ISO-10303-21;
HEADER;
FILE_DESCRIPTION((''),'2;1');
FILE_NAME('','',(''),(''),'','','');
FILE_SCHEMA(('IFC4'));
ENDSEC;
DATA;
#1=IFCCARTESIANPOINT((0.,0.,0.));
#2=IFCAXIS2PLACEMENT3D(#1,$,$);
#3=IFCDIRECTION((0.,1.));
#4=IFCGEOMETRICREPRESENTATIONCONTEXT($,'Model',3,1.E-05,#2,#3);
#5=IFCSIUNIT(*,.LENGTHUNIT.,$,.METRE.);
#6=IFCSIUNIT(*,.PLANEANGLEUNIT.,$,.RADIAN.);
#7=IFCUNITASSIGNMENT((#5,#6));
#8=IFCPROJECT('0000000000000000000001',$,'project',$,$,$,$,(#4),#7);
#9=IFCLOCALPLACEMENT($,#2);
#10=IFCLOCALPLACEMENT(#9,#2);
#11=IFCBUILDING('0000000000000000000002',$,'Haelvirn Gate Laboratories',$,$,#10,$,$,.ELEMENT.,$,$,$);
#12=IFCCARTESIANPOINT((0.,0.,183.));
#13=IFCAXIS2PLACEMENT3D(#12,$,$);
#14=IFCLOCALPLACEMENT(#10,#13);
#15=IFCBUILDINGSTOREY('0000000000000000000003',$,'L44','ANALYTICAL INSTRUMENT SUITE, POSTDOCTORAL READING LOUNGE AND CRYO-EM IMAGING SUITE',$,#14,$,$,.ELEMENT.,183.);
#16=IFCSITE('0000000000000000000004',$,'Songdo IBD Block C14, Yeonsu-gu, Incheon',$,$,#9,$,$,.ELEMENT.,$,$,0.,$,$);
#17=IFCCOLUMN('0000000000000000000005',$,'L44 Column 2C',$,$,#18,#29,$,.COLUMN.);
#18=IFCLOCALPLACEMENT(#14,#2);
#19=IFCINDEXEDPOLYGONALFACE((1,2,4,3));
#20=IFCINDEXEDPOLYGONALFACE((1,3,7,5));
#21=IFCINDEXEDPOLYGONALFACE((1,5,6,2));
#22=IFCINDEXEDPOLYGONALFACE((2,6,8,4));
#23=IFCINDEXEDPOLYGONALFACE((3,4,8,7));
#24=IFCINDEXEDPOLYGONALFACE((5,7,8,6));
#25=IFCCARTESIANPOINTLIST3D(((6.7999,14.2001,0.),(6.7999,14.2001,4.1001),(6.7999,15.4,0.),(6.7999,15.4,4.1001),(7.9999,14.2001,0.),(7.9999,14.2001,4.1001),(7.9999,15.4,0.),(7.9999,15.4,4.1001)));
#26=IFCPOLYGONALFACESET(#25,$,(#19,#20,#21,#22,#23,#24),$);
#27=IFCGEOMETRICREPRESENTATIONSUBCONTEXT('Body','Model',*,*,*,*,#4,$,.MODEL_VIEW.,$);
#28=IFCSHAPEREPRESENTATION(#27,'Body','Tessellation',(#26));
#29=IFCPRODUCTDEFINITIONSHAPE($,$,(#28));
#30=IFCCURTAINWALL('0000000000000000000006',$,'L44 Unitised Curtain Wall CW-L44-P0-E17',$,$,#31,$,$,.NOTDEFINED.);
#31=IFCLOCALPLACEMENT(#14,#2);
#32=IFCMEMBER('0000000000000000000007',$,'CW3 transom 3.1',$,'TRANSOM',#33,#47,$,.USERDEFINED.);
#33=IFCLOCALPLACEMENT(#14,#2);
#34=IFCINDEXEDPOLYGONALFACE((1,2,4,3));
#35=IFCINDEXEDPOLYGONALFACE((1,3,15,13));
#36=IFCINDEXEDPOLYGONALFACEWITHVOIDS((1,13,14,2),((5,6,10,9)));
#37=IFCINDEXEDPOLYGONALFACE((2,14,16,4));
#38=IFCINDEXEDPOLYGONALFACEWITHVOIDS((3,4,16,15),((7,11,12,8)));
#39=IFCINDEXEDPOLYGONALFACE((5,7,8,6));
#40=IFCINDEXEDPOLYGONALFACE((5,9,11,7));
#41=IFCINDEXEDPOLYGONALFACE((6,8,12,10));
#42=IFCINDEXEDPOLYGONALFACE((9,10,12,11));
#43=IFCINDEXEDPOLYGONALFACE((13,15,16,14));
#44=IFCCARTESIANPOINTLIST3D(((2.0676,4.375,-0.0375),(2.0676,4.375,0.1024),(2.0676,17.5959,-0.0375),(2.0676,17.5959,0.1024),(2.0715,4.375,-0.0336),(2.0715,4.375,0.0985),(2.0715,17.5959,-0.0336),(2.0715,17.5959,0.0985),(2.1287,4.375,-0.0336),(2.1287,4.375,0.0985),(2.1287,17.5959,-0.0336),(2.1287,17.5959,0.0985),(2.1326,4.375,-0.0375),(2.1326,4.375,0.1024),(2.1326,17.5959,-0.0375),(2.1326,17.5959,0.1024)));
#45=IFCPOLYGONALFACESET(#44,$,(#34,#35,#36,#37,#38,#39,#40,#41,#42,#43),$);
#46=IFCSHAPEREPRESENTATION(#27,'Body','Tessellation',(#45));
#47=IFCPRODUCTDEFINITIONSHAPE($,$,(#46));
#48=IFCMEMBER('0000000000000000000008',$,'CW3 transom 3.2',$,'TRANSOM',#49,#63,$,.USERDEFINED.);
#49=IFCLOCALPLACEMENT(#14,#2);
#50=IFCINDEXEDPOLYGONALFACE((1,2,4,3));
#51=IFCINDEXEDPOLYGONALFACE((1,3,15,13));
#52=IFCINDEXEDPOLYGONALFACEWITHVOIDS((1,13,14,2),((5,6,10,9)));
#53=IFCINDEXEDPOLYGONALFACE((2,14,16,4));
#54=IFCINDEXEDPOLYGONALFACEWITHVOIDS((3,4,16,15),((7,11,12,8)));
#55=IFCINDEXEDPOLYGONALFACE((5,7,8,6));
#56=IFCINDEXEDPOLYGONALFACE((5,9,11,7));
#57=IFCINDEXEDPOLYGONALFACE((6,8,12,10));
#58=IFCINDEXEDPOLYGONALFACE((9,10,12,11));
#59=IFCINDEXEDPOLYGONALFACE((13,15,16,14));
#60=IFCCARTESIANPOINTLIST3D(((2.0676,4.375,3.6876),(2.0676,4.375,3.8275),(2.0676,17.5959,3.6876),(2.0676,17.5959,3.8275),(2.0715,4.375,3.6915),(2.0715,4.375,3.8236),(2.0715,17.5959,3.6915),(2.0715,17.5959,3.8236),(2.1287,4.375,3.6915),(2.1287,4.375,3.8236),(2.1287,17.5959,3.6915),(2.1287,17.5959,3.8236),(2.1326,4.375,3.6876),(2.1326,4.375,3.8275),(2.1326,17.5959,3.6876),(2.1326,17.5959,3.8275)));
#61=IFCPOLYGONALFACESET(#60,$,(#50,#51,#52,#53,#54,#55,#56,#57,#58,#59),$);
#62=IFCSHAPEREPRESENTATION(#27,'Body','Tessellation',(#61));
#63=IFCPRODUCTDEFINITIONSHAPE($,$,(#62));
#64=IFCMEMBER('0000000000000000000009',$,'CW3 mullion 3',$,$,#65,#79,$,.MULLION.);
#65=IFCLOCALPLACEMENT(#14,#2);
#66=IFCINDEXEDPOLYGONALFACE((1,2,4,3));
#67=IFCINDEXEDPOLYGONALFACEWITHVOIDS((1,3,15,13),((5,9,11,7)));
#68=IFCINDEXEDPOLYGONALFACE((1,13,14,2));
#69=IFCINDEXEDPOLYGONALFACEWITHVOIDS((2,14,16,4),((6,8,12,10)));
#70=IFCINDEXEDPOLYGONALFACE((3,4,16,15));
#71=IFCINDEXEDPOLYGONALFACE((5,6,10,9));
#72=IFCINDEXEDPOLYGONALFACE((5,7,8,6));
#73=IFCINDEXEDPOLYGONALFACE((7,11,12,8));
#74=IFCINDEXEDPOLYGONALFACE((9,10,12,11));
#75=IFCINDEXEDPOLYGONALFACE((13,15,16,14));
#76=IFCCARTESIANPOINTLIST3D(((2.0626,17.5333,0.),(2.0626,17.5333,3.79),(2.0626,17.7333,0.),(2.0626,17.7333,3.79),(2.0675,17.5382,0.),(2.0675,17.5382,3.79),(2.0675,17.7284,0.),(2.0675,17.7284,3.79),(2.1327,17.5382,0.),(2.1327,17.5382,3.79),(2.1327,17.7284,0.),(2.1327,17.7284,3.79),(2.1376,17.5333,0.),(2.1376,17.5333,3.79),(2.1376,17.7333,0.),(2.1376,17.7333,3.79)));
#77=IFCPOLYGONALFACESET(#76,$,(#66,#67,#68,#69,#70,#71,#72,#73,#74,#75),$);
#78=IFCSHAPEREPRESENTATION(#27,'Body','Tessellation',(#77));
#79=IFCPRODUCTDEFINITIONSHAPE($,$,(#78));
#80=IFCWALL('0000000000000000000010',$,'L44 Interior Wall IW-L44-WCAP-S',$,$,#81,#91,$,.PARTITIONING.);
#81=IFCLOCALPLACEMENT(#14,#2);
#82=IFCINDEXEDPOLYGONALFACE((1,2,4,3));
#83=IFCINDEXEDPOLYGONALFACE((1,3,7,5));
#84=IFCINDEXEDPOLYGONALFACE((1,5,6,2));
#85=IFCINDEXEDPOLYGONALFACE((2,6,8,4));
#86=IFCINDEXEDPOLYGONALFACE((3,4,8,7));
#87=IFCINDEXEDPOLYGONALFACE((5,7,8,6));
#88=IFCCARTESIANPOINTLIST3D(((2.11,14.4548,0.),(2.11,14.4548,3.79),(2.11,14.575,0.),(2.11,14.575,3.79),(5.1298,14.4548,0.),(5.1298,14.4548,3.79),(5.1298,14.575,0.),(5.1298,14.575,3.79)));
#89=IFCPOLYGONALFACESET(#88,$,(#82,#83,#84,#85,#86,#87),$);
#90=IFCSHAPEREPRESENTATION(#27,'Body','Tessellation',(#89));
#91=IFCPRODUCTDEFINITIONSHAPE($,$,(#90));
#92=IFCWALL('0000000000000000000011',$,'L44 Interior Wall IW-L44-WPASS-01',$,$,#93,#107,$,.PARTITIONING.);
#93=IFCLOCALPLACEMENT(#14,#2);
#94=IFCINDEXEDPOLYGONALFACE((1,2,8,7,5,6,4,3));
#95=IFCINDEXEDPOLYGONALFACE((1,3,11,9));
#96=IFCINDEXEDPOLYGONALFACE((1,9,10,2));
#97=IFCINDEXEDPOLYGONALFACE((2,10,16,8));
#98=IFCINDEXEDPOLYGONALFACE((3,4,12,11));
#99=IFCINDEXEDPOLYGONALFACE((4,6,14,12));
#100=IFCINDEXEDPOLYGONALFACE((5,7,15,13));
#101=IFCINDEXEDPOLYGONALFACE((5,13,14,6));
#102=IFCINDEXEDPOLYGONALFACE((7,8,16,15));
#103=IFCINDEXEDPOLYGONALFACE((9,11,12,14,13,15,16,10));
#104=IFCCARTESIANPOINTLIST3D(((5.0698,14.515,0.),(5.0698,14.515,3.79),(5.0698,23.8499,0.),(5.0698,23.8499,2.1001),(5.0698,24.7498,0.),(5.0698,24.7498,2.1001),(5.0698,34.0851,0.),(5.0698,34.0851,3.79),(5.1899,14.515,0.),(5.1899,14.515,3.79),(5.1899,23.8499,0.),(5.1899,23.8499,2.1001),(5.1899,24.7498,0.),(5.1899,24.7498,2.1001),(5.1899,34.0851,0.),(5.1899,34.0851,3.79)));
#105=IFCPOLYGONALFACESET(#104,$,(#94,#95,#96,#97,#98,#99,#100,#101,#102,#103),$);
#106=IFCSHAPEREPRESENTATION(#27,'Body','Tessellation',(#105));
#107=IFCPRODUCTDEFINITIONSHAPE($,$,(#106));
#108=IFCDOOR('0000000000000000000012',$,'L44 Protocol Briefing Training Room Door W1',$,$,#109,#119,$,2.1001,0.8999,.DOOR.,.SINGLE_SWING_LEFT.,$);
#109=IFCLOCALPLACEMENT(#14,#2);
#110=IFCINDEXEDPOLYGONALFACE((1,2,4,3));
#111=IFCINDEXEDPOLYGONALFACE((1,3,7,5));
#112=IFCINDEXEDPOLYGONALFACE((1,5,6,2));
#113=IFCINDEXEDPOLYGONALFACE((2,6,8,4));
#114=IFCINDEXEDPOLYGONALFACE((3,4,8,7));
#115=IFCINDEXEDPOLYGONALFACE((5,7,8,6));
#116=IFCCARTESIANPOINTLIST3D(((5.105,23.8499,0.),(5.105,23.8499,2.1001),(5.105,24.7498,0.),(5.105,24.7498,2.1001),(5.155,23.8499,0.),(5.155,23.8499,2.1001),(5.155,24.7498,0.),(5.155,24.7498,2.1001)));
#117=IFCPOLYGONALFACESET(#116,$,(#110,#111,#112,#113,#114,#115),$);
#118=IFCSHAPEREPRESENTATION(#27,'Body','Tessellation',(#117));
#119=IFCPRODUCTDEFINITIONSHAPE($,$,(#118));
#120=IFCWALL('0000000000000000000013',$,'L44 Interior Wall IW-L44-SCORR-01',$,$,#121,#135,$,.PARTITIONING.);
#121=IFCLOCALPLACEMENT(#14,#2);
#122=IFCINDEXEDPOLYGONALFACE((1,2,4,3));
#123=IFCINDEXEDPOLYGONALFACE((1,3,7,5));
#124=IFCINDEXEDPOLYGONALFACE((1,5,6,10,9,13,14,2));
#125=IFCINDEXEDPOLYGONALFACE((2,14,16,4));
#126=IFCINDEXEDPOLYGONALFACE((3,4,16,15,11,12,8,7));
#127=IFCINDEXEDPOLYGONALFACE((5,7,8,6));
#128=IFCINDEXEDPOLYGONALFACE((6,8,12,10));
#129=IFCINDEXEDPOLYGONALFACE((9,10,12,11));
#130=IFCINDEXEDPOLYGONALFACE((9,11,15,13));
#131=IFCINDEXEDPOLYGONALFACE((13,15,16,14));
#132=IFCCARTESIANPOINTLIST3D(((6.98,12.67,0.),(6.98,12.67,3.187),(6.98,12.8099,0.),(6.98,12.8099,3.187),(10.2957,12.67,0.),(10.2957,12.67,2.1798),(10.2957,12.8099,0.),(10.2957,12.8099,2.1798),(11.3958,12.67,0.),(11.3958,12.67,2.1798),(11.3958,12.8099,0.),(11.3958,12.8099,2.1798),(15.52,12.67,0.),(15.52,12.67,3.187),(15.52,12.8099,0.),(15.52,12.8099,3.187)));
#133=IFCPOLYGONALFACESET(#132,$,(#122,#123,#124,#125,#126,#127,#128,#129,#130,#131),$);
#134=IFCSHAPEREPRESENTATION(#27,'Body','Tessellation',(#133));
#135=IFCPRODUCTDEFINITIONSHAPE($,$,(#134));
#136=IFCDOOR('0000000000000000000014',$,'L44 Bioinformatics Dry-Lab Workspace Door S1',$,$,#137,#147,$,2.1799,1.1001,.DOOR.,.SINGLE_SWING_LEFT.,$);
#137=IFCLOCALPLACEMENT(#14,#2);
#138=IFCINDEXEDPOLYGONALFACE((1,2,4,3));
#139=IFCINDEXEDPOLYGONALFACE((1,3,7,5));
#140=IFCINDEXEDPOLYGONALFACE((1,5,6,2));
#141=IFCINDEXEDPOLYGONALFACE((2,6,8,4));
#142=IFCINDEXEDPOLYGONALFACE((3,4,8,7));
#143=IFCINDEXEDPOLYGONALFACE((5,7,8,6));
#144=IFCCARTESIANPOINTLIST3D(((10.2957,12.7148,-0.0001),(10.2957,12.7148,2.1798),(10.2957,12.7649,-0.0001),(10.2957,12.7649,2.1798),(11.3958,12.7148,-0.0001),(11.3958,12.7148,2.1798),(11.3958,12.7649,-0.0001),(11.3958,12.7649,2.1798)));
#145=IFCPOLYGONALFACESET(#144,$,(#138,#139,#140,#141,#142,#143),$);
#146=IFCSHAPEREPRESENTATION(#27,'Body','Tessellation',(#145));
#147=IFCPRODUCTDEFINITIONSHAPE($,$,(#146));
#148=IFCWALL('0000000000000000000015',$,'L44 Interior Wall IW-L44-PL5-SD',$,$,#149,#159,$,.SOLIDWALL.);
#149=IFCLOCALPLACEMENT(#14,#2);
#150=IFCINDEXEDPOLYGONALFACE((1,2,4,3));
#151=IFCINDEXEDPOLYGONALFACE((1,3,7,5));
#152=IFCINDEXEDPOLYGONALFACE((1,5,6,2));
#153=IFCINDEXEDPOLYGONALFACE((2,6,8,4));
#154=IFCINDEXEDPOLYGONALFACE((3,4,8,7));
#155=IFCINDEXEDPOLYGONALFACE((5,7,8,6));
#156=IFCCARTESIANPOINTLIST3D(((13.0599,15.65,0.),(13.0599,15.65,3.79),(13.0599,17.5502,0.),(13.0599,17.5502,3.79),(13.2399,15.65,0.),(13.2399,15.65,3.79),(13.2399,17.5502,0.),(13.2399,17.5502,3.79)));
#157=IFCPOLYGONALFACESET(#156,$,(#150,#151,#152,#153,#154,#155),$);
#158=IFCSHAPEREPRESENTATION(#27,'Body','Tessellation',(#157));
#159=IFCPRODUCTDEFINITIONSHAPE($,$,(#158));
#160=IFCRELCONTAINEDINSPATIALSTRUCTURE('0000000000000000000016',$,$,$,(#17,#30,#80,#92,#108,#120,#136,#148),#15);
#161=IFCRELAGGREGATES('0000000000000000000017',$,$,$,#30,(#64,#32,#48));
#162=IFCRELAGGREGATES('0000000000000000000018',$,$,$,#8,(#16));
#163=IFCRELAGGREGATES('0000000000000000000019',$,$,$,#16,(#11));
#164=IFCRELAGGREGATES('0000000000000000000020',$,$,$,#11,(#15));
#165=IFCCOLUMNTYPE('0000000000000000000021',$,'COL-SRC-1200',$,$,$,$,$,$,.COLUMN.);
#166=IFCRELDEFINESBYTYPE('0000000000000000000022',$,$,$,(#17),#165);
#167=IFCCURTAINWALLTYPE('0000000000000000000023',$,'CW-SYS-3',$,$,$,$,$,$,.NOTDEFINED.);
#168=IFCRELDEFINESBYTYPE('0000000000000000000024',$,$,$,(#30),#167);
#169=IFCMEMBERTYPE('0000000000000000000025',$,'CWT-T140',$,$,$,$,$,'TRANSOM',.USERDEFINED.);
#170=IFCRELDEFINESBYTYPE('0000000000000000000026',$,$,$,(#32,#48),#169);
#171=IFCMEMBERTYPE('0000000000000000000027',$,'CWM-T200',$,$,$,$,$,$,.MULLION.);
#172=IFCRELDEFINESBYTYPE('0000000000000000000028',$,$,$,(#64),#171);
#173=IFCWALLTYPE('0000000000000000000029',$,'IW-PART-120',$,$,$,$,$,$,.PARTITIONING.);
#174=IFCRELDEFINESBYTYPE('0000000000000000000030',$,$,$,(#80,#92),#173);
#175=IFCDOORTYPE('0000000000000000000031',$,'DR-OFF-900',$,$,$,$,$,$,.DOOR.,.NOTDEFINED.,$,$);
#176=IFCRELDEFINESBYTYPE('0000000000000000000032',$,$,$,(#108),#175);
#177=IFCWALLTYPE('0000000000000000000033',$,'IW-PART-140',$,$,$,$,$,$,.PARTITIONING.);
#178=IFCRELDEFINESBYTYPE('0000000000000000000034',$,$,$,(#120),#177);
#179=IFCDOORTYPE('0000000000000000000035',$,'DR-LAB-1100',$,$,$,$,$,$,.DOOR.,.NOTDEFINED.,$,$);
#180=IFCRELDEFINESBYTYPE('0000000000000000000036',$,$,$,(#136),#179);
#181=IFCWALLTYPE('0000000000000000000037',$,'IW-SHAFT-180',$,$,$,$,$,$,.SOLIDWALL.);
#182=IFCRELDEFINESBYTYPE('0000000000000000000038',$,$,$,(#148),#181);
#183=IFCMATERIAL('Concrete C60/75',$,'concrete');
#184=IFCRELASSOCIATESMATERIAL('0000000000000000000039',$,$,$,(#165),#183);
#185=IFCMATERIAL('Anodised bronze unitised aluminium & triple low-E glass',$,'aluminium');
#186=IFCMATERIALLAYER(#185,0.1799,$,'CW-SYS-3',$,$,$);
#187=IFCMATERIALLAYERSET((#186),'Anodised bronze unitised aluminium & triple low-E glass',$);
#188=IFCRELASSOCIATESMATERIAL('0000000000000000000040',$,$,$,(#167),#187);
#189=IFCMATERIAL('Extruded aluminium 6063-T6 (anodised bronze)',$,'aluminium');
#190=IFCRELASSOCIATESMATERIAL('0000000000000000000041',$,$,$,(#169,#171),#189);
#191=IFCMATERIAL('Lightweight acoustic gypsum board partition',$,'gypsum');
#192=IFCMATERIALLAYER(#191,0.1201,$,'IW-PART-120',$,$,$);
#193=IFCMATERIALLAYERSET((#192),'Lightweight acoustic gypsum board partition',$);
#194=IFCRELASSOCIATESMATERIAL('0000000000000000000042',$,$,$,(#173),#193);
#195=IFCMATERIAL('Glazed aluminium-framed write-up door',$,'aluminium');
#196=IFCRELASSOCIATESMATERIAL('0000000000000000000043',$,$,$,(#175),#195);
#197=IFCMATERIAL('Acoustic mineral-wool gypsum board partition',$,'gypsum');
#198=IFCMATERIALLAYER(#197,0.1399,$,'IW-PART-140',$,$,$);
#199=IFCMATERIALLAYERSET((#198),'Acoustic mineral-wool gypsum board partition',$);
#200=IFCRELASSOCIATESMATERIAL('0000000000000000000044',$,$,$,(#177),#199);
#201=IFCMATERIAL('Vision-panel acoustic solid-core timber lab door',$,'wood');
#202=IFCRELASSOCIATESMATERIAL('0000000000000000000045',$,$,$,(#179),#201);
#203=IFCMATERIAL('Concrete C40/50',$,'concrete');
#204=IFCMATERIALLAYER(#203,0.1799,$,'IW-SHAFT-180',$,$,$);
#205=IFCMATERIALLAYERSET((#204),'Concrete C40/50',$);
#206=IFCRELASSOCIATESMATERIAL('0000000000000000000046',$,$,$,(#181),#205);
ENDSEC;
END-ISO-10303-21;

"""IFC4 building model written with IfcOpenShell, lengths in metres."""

from ifc_helpers import new_model, si_unit, direction, frame, frame_2d, origin, origin_2d, place, context, subcontext, project, spatial, rectangle, hollow_rectangle, extrude, source, transform, mapped, material, layer, layer_set, material_profile, profile_set, type_object, type_shapes, element, fill, aggregate, save


model = new_model("IFC4")

# Units and contexts
model_context = context("Model", 3, precision=1e-05, world=origin(), true_north=direction((0.0, 1.0)))
body_context = subcontext(model_context, "Body", "Model", "MODEL_VIEW")
ifc_project = project(units=[si_unit("LENGTHUNIT", "METRE"), si_unit("PLANEANGLEUNIT", "RADIAN")], contexts=[model_context])

# Site, building, storey
site_placement = place(None, origin())
site = spatial("IfcSite", under=ifc_project, at=site_placement, Name="Songdo IBD Block C14, Yeonsu-gu, Incheon", CompositionType="ELEMENT", RefElevation=0.0)
building_placement = place(site_placement, origin())
building = spatial("IfcBuilding", under=site, at=building_placement, Name="Haelvirn Gate Laboratories", CompositionType="ELEMENT")
storey_placement = place(building_placement, frame((0.0, 0.0, 183.0)))
storey = spatial("IfcBuildingStorey", under=building, at=storey_placement, Name="L44", Description="ANALYTICAL INSTRUMENT SUITE, POSTDOCTORAL READING LOUNGE AND CRYO-EM IMAGING SUITE", CompositionType="ELEMENT", Elevation=183.0)

# Column
ifc_material_1 = material(Name="Concrete C60/75", Category="concrete")
ifc_material_profile_1 = material_profile(ifc_material_1, rectangle(XDim=1.2, YDim=1.2, at=origin_2d()), Name="SRC-1200x1200")
ifc_profile_set_1 = profile_set([ifc_material_profile_1], Name="Concrete C60/75")
column_type = type_object("IfcColumnType", Name="COL-SRC-1200", PredefinedType="COLUMN", material=ifc_profile_set_1)
shared_shape_1 = source(origin(), body_context, "Body", "SweptSolid", [
    extrude(rectangle(XDim=1.2, YDim=1.2, at=origin_2d()), origin(), (0.0, 0.0, 1.0), 4.1001),
])
type_shapes(column_type, [shared_shape_1])
column_placement = place(storey_placement, frame((7.3999, 14.8, 0.0), z_axis=(0.0, 0.0, 1.0), x_axis=(1.0, 0.0, 0.0)))
element("IfcColumn", 1, at=column_placement, inside=storey, type_object=column_type, Name="L44 Column 2C", PredefinedType="COLUMN", context=body_context, shape_type="MappedRepresentation", body=[
    mapped(shared_shape_1, transform((0.0, 0.0, 0.0), scale=1.0)),
])

# Curtain wall, members
ifc_material_2 = material(Name="Anodised bronze unitised aluminium & triple low-E glass", Category="aluminium")
ifc_layer_1 = layer(ifc_material_2, 0.1799, Name="CW-SYS-3")
ifc_layer_set_1 = layer_set([ifc_layer_1], Name="Anodised bronze unitised aluminium & triple low-E glass")
curtain_wall_type = type_object("IfcCurtainWallType", Name="CW-SYS-3", PredefinedType="NOTDEFINED", material=ifc_layer_set_1)
curtain_wall_placement = place(storey_placement, origin())
curtain_wall = element("IfcCurtainWall", 2, at=curtain_wall_placement, inside=storey, type_object=curtain_wall_type, Name="L44 Unitised Curtain Wall CW-L44-P0-E17", PredefinedType="NOTDEFINED")
ifc_material_3 = material(Name="Extruded aluminium 6063-T6 (anodised bronze)", Category="aluminium")
ifc_material_profile_2 = material_profile(ifc_material_3, hollow_rectangle(XDim=0.0649, YDim=0.1399, WallThickness=0.0039, at=origin_2d()), Name="CWT-140x65x4")
ifc_profile_set_2 = profile_set([ifc_material_profile_2], Name="Extruded aluminium 6063-T6 (anodised bronze)")
member_type_1 = type_object("IfcMemberType", Name="CWT-T140", ElementType="TRANSOM", PredefinedType="USERDEFINED", material=ifc_profile_set_2)
shared_shape_2 = source(origin(), body_context, "Body", "SweptSolid", [
    extrude(hollow_rectangle(XDim=0.0649, YDim=0.1399, WallThickness=0.0039, at=origin_2d()), origin(), (0.0, 0.0, 1.0), 13.2209),
])
type_shapes(member_type_1, [shared_shape_2])
member_1_placement = place(storey_placement, frame((2.1001, 17.5959, 0.0325), z_axis=(0.0, -1.0, 0.0), x_axis=(1.0, 0.0, 0.0)))
member_1 = element("IfcMember", 3, at=member_1_placement, type_object=member_type_1, Name="CW3 transom 3.1", ObjectType="TRANSOM", PredefinedType="USERDEFINED", context=body_context, shape_type="MappedRepresentation", body=[
    mapped(shared_shape_2, transform((0.0, 0.0, 0.0), scale=1.0)),
])
member_2_placement = place(storey_placement, frame((2.1001, 17.5959, 3.7576), z_axis=(0.0, -1.0, 0.0), x_axis=(1.0, 0.0, 0.0)))
member_2 = element("IfcMember", 4, at=member_2_placement, type_object=member_type_1, Name="CW3 transom 3.2", ObjectType="TRANSOM", PredefinedType="USERDEFINED", context=body_context, shape_type="MappedRepresentation", body=[
    mapped(shared_shape_2, transform((0.0, 0.0, 0.0), scale=1.0)),
])
ifc_material_profile_3 = material_profile(ifc_material_3, hollow_rectangle(XDim=0.075, YDim=0.2, WallThickness=0.0049, at=origin_2d()), Name="CWM-200x75x5")
ifc_profile_set_3 = profile_set([ifc_material_profile_3], Name="Extruded aluminium 6063-T6 (anodised bronze)")
member_type_2 = type_object("IfcMemberType", Name="CWM-T200", PredefinedType="MULLION", material=ifc_profile_set_3)
shared_shape_3 = source(origin(), body_context, "Body", "SweptSolid", [
    extrude(hollow_rectangle(XDim=0.075, YDim=0.2, WallThickness=0.0049, at=origin_2d()), origin(), (0.0, 0.0, 1.0), 3.79),
])
type_shapes(member_type_2, [shared_shape_3])
member_3_placement = place(storey_placement, frame((2.1001, 17.6333, 0.0), z_axis=(0.0, 0.0, 1.0), x_axis=(1.0, 0.0, 0.0)))
member_3 = element("IfcMember", 5, at=member_3_placement, type_object=member_type_2, Name="CW3 mullion 3", PredefinedType="MULLION", context=body_context, shape_type="MappedRepresentation", body=[
    mapped(shared_shape_3, transform((0.0, 0.0, 0.0), scale=1.0)),
])
aggregate(curtain_wall, [member_3, member_1, member_2])

# Wall
ifc_material_4 = material(Name="Lightweight acoustic gypsum board partition", Category="gypsum")
ifc_layer_2 = layer(ifc_material_4, 0.1201, Name="IW-PART-120")
ifc_layer_set_2 = layer_set([ifc_layer_2], Name="Lightweight acoustic gypsum board partition")
wall_type_1 = type_object("IfcWallType", Name="IW-PART-120", PredefinedType="PARTITIONING", material=ifc_layer_set_2)
wall_1_placement = place(storey_placement, frame((2.1101, 14.5149, 0.0), z_axis=(0.0, 0.0, 1.0), x_axis=(1.0, 0.0, 0.0)))
element("IfcWall", 6, at=wall_1_placement, inside=storey, type_object=wall_type_1, Name="L44 Interior Wall IW-L44-WCAP-S", PredefinedType="PARTITIONING", context=body_context, shape_type="SweptSolid", body=[
    extrude(rectangle(XDim=3.0198, YDim=0.1201, at=frame_2d((1.5098, 0.0))), origin(), (0.0, 0.0, 1.0), 3.79),
])

# Walls, openings, doors
wall_2_placement = place(storey_placement, frame((5.1299, 14.5149, 0.0), z_axis=(0.0, 0.0, 1.0), x_axis=(0.0, 1.0, 0.0)))
wall_2 = element("IfcWall", 7, at=wall_2_placement, inside=storey, type_object=wall_type_1, Name="L44 Interior Wall IW-L44-WPASS-01", PredefinedType="PARTITIONING", context=body_context, shape_type="SweptSolid", body=[
    extrude(rectangle(XDim=19.5701, YDim=0.1201, at=frame_2d((9.7852, 0.0))), origin(), (0.0, 0.0, 1.0), 3.79),
])
opening_1_placement = place(wall_2_placement, frame((9.335, 0.0, 0.0)))
opening_1 = element("IfcOpeningElement", 8, at=opening_1_placement, cuts=wall_2, PredefinedType="OPENING", context=body_context, shape_type="SweptSolid", body=[
    extrude(rectangle(XDim=0.8999, YDim=2.1001, at=frame_2d((0.45, 1.05))), frame((0.0, 0.0701, 0.0), z_axis=(0.0, -1.0, 0.0), x_axis=(1.0, 0.0, 0.0)), (0.0, 0.0, 1.0), 0.1401),
])
ifc_material_5 = material(Name="Glazed aluminium-framed write-up door", Category="aluminium")
door_type_1 = type_object("IfcDoorType", Name="DR-OFF-900", OperationType="NOTDEFINED", PredefinedType="DOOR", material=ifc_material_5)
shared_shape_4 = source(origin(), body_context, "Body", "SweptSolid", [
    extrude(rectangle(XDim=0.8999, YDim=2.1001, at=frame_2d((0.45, 1.05))), frame((0.0, 0.0249, 0.0), z_axis=(0.0, -1.0, 0.0), x_axis=(1.0, 0.0, 0.0)), (0.0, 0.0, 1.0), 0.05),
])
type_shapes(door_type_1, [shared_shape_4])
door_1_placement = place(opening_1_placement, origin())
door_1 = element("IfcDoor", 9, at=door_1_placement, inside=storey, type_object=door_type_1, Name="L44 Protocol Briefing Training Room Door W1", OperationType="SINGLE_SWING_LEFT", OverallHeight=2.1001, OverallWidth=0.8999, PredefinedType="DOOR", context=body_context, shape_type="MappedRepresentation", body=[
    mapped(shared_shape_4, transform((0.0, 0.0, 0.0), scale=1.0)),
])
fill(opening_1, door_1)
ifc_material_6 = material(Name="Acoustic mineral-wool gypsum board partition", Category="gypsum")
ifc_layer_3 = layer(ifc_material_6, 0.1399, Name="IW-PART-140")
ifc_layer_set_3 = layer_set([ifc_layer_3], Name="Acoustic mineral-wool gypsum board partition")
wall_type_2 = type_object("IfcWallType", Name="IW-PART-140", PredefinedType="PARTITIONING", material=ifc_layer_set_3)
wall_3_placement = place(storey_placement, frame((6.98, 12.74, 0.0), z_axis=(0.0, 0.0, 1.0), x_axis=(1.0, 0.0, 0.0)))
wall_3 = element("IfcWall", 10, at=wall_3_placement, inside=storey, type_object=wall_type_2, Name="L44 Interior Wall IW-L44-SCORR-01", PredefinedType="PARTITIONING", context=body_context, shape_type="SweptSolid", body=[
    extrude(rectangle(XDim=8.54, YDim=0.1399, at=frame_2d((4.27, 0.0))), origin(), (0.0, 0.0, 1.0), 3.187),
])
opening_2_placement = place(wall_3_placement, frame((3.3157, 0.0, 0.0)))
opening_2 = element("IfcOpeningElement", 11, at=opening_2_placement, cuts=wall_3, PredefinedType="OPENING", context=body_context, shape_type="SweptSolid", body=[
    extrude(rectangle(XDim=1.1001, YDim=2.1799, at=frame_2d((0.55, 1.0898))), frame((0.0, 0.0801, 0.0), z_axis=(0.0, -1.0, 0.0), x_axis=(1.0, 0.0, 0.0)), (0.0, 0.0, 1.0), 0.1599),
])
ifc_material_7 = material(Name="Vision-panel acoustic solid-core timber lab door", Category="wood")
door_type_2 = type_object("IfcDoorType", Name="DR-LAB-1100", OperationType="NOTDEFINED", PredefinedType="DOOR", material=ifc_material_7)
shared_shape_5 = source(origin(), body_context, "Body", "SweptSolid", [
    extrude(rectangle(XDim=1.1001, YDim=2.1799, at=frame_2d((0.55, 1.0898))), frame((0.0, 0.0249, 0.0), z_axis=(0.0, -1.0, 0.0), x_axis=(1.0, 0.0, 0.0)), (0.0, 0.0, 1.0), 0.05),
])
type_shapes(door_type_2, [shared_shape_5])
door_2_placement = place(opening_2_placement, origin())
door_2 = element("IfcDoor", 12, at=door_2_placement, inside=storey, type_object=door_type_2, Name="L44 Bioinformatics Dry-Lab Workspace Door S1", OperationType="SINGLE_SWING_LEFT", OverallHeight=2.1799, OverallWidth=1.1001, PredefinedType="DOOR", context=body_context, shape_type="MappedRepresentation", body=[
    mapped(shared_shape_5, transform((0.0, 0.0, 0.0), scale=1.0)),
])
fill(opening_2, door_2)

# Wall
ifc_material_8 = material(Name="Concrete C40/50", Category="concrete")
ifc_layer_4 = layer(ifc_material_8, 0.1799, Name="IW-SHAFT-180")
ifc_layer_set_4 = layer_set([ifc_layer_4], Name="Concrete C40/50")
wall_type_3 = type_object("IfcWallType", Name="IW-SHAFT-180", PredefinedType="SOLIDWALL", material=ifc_layer_set_4)
wall_4_placement = place(storey_placement, frame((13.1499, 15.6499, 0.0), z_axis=(0.0, 0.0, 1.0), x_axis=(0.0, 1.0, 0.0)))
element("IfcWall", 13, at=wall_4_placement, inside=storey, type_object=wall_type_3, Name="L44 Interior Wall IW-L44-PL5-SD", PredefinedType="SOLIDWALL", context=body_context, shape_type="SweptSolid", body=[
    extrude(rectangle(XDim=1.9001, YDim=0.1799, at=frame_2d((0.9502, 0.0))), origin(), (0.0, 0.0, 1.0), 3.79),
])

save(model, "model.ifc")
